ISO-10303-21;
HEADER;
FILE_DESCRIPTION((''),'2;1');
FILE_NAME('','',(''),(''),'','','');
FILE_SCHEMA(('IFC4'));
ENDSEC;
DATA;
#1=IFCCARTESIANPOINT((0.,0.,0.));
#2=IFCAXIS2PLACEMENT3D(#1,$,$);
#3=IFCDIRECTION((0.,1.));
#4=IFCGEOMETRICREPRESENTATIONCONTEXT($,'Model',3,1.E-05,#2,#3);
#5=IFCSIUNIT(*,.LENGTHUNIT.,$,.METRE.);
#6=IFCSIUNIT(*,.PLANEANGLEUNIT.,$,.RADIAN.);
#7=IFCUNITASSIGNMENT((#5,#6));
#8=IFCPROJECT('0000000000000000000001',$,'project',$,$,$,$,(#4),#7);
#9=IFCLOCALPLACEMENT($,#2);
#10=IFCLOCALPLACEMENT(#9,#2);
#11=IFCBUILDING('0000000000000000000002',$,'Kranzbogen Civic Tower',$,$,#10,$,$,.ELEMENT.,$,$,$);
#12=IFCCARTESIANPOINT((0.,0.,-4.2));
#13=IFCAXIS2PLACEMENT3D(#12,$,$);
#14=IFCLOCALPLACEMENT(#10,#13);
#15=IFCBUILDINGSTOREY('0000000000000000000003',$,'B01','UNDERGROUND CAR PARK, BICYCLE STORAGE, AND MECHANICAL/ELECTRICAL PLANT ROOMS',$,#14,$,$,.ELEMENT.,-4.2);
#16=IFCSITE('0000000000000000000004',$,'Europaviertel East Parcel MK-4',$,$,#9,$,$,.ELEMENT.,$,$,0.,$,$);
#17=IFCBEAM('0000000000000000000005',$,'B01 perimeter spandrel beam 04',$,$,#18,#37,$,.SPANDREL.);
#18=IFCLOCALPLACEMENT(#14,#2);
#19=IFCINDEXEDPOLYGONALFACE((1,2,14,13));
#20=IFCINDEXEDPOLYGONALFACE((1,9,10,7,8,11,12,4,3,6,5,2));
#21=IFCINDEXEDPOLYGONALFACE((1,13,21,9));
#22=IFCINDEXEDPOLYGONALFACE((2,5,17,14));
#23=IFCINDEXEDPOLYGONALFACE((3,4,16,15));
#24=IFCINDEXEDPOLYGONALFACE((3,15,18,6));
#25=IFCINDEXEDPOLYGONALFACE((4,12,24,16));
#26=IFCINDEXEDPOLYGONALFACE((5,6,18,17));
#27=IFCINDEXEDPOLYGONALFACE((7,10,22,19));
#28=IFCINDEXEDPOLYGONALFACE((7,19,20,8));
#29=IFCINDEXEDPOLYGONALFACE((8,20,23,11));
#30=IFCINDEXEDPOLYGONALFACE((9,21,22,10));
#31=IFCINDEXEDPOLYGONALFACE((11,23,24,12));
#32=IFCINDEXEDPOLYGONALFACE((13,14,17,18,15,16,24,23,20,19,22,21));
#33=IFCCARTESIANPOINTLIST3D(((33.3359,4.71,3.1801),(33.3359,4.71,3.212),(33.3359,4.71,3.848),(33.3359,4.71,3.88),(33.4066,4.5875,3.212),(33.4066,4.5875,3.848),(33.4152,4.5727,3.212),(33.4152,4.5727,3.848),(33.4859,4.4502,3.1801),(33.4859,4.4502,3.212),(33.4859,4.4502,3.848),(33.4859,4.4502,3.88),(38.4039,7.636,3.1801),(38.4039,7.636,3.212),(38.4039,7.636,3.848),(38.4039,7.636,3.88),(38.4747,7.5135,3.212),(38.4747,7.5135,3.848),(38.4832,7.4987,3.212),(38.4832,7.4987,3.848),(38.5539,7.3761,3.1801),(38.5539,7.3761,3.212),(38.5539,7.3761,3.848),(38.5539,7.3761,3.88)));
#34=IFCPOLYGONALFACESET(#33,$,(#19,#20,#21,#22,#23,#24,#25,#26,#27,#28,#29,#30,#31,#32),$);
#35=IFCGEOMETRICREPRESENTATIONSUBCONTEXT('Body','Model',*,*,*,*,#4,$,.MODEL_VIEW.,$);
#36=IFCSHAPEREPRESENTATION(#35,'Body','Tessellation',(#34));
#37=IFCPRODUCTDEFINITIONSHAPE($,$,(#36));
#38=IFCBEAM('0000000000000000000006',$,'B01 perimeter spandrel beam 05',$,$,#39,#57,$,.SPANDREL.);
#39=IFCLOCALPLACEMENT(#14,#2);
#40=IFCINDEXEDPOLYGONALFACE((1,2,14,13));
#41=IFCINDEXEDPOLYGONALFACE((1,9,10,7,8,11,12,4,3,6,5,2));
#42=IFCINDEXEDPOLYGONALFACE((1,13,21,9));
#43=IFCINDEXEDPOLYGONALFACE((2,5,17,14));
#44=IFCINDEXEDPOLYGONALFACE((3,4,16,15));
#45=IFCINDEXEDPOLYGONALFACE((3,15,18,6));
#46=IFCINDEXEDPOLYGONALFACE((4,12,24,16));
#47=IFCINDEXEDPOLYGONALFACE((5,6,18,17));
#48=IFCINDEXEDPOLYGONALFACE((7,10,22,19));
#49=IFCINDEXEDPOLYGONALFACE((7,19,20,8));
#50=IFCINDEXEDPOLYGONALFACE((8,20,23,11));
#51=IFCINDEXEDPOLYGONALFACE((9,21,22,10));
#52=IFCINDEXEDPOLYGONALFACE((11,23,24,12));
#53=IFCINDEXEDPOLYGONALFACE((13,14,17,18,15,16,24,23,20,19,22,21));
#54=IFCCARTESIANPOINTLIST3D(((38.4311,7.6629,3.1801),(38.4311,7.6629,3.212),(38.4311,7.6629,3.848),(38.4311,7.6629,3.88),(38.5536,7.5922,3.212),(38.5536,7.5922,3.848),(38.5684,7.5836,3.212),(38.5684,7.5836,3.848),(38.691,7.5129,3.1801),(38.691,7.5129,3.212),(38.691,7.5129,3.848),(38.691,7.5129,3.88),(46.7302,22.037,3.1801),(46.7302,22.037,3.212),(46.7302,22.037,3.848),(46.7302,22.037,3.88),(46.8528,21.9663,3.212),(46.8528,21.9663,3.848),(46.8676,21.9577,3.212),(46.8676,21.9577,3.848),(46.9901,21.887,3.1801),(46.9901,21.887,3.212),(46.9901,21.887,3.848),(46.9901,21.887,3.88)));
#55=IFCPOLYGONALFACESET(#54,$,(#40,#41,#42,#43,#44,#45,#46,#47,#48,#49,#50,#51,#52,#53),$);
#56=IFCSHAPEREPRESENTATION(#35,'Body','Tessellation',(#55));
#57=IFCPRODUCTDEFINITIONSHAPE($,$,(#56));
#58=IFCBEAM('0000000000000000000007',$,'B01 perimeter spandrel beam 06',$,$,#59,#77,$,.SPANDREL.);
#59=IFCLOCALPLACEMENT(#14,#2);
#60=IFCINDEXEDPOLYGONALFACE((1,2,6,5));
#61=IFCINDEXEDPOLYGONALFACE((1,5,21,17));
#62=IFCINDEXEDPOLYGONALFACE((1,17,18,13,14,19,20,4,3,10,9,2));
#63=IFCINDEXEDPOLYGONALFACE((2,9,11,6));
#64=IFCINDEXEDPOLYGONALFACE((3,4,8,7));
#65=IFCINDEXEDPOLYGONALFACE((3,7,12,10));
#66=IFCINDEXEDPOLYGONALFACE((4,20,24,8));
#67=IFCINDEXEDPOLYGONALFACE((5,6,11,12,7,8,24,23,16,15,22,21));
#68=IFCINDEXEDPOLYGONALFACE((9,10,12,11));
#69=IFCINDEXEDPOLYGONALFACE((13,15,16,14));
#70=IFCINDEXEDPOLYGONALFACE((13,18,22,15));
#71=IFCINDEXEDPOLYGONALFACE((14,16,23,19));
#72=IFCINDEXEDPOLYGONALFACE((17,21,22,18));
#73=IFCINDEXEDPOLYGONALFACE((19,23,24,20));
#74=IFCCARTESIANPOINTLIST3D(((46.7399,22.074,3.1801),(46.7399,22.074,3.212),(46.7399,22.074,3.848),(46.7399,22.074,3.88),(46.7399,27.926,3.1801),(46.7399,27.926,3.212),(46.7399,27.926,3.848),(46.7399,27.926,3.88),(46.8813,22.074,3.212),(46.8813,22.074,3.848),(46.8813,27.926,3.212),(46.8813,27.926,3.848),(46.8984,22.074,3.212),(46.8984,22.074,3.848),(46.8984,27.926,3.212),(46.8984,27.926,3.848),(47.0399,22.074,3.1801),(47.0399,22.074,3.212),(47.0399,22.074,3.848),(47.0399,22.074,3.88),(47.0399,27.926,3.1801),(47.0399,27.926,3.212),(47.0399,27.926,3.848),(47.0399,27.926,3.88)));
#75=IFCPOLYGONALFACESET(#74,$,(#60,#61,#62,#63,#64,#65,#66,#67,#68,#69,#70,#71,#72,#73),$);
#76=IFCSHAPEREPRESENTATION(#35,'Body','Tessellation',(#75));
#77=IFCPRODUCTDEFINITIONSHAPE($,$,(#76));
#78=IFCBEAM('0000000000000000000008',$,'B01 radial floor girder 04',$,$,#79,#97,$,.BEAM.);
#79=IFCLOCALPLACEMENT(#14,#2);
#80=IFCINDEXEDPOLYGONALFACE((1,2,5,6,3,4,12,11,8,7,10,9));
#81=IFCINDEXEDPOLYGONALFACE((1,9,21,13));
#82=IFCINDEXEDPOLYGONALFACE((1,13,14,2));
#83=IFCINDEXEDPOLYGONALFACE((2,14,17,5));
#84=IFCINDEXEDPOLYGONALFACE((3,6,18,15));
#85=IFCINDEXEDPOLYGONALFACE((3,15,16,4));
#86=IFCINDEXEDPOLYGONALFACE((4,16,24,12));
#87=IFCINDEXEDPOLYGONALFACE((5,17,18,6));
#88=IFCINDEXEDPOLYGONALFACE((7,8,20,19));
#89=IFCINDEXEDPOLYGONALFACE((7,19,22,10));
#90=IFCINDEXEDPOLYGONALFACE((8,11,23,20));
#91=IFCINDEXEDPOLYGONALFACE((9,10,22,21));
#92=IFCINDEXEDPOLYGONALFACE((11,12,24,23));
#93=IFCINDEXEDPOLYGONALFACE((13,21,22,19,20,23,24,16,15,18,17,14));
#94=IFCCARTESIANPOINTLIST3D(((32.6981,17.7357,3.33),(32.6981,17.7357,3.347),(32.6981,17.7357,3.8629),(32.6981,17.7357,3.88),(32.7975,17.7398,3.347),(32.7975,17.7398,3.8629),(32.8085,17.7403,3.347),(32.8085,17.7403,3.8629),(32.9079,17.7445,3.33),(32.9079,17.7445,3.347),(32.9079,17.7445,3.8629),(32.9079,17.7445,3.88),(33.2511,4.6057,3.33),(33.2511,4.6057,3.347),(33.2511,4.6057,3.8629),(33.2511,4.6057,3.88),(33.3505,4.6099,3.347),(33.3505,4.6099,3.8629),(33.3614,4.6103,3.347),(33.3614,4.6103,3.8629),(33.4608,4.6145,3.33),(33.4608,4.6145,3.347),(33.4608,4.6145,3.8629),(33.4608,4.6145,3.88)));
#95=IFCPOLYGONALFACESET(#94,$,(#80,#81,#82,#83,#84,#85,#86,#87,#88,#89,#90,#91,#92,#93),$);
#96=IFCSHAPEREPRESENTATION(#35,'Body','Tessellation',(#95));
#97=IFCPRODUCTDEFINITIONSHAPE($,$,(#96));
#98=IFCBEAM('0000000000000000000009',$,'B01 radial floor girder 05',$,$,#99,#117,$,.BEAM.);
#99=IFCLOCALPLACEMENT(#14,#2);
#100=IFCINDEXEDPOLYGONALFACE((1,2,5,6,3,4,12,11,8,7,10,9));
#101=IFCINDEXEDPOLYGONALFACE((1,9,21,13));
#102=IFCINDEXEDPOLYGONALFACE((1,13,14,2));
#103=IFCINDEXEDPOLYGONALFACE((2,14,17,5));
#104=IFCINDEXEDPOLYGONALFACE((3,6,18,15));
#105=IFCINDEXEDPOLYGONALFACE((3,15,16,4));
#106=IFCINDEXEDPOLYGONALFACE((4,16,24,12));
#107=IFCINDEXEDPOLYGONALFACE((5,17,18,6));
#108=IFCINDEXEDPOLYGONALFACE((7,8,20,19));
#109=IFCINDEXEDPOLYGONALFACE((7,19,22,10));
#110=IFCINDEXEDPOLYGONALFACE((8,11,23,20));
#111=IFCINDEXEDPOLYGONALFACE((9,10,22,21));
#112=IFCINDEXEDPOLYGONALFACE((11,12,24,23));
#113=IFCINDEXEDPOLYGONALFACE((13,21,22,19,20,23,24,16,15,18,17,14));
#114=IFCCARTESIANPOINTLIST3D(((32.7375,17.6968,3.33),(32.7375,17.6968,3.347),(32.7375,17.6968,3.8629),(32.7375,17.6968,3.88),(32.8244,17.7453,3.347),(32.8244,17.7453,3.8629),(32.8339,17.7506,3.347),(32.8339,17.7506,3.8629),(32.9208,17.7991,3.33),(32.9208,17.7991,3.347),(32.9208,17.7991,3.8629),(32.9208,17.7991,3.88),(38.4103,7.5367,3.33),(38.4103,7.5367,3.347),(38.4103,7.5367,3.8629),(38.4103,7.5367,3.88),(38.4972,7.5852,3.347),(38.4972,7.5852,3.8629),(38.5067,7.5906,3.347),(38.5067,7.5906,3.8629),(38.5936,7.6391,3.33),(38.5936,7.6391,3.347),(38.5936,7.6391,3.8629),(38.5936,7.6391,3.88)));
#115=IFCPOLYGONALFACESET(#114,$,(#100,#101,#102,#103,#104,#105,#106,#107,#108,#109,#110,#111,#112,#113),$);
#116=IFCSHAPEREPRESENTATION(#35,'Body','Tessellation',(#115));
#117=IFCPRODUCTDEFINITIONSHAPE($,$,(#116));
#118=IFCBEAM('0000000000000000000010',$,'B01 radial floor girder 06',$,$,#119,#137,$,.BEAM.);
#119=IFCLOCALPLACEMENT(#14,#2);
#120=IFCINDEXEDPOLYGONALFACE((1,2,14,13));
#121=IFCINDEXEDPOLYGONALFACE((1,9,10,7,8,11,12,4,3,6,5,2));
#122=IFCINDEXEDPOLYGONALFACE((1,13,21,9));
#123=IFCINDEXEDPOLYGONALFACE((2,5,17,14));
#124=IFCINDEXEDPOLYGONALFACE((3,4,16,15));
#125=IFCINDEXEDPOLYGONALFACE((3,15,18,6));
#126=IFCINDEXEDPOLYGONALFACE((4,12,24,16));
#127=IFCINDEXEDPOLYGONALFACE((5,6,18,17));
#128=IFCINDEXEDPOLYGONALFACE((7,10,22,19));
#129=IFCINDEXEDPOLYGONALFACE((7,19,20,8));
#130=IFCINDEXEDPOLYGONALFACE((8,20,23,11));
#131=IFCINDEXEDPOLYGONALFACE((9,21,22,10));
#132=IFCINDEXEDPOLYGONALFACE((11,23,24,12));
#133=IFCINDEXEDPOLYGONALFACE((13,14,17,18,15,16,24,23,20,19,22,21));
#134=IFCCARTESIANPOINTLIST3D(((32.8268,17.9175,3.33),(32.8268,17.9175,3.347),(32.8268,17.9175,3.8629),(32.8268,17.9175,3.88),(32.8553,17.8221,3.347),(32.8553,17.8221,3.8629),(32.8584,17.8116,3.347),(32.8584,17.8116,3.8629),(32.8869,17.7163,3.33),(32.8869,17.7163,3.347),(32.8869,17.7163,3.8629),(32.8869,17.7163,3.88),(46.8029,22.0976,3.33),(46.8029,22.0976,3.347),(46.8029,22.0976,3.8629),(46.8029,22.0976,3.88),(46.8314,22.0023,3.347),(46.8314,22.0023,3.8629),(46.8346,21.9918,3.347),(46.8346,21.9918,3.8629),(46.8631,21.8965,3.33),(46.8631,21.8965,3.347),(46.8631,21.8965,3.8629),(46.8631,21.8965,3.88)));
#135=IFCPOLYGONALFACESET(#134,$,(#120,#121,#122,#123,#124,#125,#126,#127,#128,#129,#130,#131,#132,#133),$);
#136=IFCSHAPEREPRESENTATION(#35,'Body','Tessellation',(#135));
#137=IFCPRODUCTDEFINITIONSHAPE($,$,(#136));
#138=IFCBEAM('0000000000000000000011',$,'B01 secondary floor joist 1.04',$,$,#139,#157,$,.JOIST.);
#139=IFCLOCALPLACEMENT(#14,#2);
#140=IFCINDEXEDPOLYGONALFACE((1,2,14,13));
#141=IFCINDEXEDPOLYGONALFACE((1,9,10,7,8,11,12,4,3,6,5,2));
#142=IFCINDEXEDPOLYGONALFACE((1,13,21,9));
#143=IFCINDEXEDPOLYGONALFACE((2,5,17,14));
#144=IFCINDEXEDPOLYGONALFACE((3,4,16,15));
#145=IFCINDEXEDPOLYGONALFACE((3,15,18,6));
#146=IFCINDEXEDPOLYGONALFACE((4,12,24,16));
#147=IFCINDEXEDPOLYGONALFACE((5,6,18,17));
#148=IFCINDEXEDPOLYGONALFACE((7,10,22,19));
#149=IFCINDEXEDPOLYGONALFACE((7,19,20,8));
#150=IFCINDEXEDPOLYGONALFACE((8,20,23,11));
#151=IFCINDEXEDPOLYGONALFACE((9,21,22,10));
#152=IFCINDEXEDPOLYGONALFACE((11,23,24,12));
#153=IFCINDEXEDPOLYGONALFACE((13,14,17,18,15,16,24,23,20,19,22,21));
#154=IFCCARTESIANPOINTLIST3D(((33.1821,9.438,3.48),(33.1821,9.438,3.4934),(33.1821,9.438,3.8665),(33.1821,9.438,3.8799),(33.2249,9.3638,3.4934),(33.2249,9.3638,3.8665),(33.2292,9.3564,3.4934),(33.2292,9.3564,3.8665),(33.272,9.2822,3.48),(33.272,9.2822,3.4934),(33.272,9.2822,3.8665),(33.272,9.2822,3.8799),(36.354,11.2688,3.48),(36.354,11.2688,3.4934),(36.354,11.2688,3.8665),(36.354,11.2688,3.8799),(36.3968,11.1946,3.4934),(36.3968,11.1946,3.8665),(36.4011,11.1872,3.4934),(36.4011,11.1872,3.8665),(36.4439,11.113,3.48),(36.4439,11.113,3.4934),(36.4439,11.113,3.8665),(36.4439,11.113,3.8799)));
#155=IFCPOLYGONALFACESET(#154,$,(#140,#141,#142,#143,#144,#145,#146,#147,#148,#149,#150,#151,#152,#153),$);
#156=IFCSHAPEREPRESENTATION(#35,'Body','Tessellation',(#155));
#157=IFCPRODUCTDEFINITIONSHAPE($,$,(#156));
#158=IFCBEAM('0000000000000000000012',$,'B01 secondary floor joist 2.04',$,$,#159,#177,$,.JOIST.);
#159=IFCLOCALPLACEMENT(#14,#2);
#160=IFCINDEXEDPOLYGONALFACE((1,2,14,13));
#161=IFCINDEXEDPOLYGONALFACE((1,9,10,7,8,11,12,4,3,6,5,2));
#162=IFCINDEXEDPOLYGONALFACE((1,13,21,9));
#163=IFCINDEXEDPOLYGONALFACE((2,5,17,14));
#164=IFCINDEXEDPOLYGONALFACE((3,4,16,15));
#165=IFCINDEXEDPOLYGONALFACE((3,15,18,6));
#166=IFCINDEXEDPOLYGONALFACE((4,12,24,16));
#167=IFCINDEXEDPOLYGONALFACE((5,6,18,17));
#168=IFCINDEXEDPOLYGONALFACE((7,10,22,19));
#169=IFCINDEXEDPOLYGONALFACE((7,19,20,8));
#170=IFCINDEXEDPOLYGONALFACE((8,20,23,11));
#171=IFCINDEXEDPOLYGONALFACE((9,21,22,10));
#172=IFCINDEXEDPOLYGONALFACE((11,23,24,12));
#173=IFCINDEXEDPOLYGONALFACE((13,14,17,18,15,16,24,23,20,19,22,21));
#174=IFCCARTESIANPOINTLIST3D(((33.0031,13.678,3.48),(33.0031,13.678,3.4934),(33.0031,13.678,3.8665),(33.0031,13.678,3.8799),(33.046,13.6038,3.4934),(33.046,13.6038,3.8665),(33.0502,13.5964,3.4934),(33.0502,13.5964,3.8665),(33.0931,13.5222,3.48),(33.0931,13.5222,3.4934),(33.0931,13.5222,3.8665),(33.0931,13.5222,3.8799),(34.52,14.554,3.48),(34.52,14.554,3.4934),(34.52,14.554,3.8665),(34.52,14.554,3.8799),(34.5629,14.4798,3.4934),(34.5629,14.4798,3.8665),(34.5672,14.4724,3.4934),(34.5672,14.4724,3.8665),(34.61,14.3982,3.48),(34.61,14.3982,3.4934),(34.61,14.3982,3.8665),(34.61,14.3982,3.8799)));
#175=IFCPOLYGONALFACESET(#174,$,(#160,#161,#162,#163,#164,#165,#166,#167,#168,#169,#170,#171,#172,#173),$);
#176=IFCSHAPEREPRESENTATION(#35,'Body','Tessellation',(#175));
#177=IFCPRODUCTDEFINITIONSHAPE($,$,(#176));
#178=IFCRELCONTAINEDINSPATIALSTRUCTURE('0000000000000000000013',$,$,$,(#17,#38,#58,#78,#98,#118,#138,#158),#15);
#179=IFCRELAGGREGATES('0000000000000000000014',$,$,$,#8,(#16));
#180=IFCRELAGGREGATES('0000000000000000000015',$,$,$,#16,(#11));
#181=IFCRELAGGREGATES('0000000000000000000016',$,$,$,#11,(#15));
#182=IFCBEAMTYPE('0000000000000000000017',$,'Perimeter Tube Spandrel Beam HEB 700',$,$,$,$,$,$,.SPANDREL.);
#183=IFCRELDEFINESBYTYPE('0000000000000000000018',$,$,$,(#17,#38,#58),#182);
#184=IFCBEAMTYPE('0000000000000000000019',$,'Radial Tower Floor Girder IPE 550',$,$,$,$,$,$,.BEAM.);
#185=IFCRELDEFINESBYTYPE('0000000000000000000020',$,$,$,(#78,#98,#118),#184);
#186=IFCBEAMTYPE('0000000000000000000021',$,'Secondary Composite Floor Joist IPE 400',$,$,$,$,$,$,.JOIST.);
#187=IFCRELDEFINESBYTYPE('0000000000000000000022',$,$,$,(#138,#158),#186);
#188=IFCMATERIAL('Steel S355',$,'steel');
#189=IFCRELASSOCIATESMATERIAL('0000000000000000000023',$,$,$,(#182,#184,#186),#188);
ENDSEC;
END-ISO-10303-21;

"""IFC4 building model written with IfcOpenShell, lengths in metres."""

from ifc_helpers import new_model, si_unit, direction, frame, origin, origin_2d, place, context, subcontext, project, spatial, i_section, extrude, material, material_profile, profile_set, type_object, element, save


model = new_model("IFC4")

# Units and contexts
model_context = context("Model", 3, precision=1e-05, world=origin(), true_north=direction((0.0, 1.0)))
body_context = subcontext(model_context, "Body", "Model", "MODEL_VIEW")
ifc_project = project(units=[si_unit("LENGTHUNIT", "METRE"), si_unit("PLANEANGLEUNIT", "RADIAN")], contexts=[model_context])

# Site, building, storey
site_placement = place(None, origin())
site = spatial("IfcSite", under=ifc_project, at=site_placement, Name="Europaviertel East Parcel MK-4", CompositionType="ELEMENT", RefElevation=0.0)
building_placement = place(site_placement, origin())
building = spatial("IfcBuilding", under=site, at=building_placement, Name="Kranzbogen Civic Tower", CompositionType="ELEMENT")
storey_placement = place(building_placement, frame((0.0, 0.0, -4.2)))
storey = spatial("IfcBuildingStorey", under=building, at=storey_placement, Name="B01", Description="UNDERGROUND CAR PARK, BICYCLE STORAGE, AND MECHANICAL/ELECTRICAL PLANT ROOMS", CompositionType="ELEMENT", Elevation=-4.2)

# Beams
ifc_material_1 = material(Name="Steel S355", Category="steel")
ifc_material_profile_1 = material_profile(ifc_material_1, i_section(OverallWidth=0.3, OverallDepth=0.7, WebThickness=0.0171, FlangeThickness=0.032, at=origin_2d()), Name="HEB 700")
ifc_profile_set_1 = profile_set([ifc_material_profile_1], Name="Steel S355")
beam_type_1 = type_object("IfcBeamType", Name="Perimeter Tube Spandrel Beam HEB 700", PredefinedType="SPANDREL", material=ifc_profile_set_1)
beam_1_placement = place(storey_placement, frame((33.4109, 4.5801, 3.53), z_axis=(0.866029, 0.499993, 0.0), x_axis=(-0.499993, 0.866029, 0.0)))
element("IfcBeam", 1, at=beam_1_placement, inside=storey, type_object=beam_type_1, Name="B01 perimeter spandrel beam 04", PredefinedType="SPANDREL", context=body_context, shape_type="SweptSolid", body=[
    extrude(i_section(OverallWidth=0.3, OverallDepth=0.7, WebThickness=0.0171, FlangeThickness=0.032, at=origin_2d()), origin(), (0.0, 0.0, 1.0), 5.8521),
])
beam_2_placement = place(storey_placement, frame((38.561, 7.5879, 3.53), z_axis=(0.50001, 0.86602, 0.0), x_axis=(-0.86602, 0.50001, 0.0)))
element("IfcBeam", 2, at=beam_2_placement, inside=storey, type_object=beam_type_1, Name="B01 perimeter spandrel beam 05", PredefinedType="SPANDREL", context=body_context, shape_type="SweptSolid", body=[
    extrude(i_section(OverallWidth=0.3, OverallDepth=0.7, WebThickness=0.0171, FlangeThickness=0.032, at=origin_2d()), origin(), (0.0, 0.0, 1.0), 16.5979),
])
beam_3_placement = place(storey_placement, frame((46.8899, 22.074, 3.53), z_axis=(0.0, 1.0, 0.0), x_axis=(-1.0, 0.0, 0.0)))
element("IfcBeam", 3, at=beam_3_placement, inside=storey, type_object=beam_type_1, Name="B01 perimeter spandrel beam 06", PredefinedType="SPANDREL", context=body_context, shape_type="SweptSolid", body=[
    extrude(i_section(OverallWidth=0.3, OverallDepth=0.7, WebThickness=0.0171, FlangeThickness=0.032, at=origin_2d()), origin(), (0.0, 0.0, 1.0), 5.8521),
])
ifc_material_profile_2 = material_profile(ifc_material_1, i_section(OverallWidth=0.21, OverallDepth=0.55, WebThickness=0.011, FlangeThickness=0.0171, at=origin_2d()), Name="IPE 550")
ifc_profile_set_2 = profile_set([ifc_material_profile_2], Name="Steel S355")
beam_type_2 = type_object("IfcBeamType", Name="Radial Tower Floor Girder IPE 550", PredefinedType="BEAM", material=ifc_profile_set_2)
beam_4_placement = place(storey_placement, frame((33.356, 4.6101, 3.605), z_axis=(-0.042079, 0.999114, 0.0), x_axis=(-0.999114, -0.042079, 0.0)))
element("IfcBeam", 4, at=beam_4_placement, inside=storey, type_object=beam_type_2, Name="B01 radial floor girder 04", PredefinedType="BEAM", context=body_context, shape_type="SweptSolid", body=[
    extrude(i_section(OverallWidth=0.21, OverallDepth=0.55, WebThickness=0.011, FlangeThickness=0.0171, at=origin_2d()), origin(), (0.0, 0.0, 1.0), 13.1416),
])
beam_5_placement = place(storey_placement, frame((38.502, 7.5879, 3.605), z_axis=(-0.487502, 0.873122, 0.0), x_axis=(-0.873122, -0.487502, 0.0)))
element("IfcBeam", 5, at=beam_5_placement, inside=storey, type_object=beam_type_2, Name="B01 radial floor girder 05", PredefinedType="BEAM", context=body_context, shape_type="SweptSolid", body=[
    extrude(i_section(OverallWidth=0.21, OverallDepth=0.55, WebThickness=0.011, FlangeThickness=0.0171, at=origin_2d()), origin(), (0.0, 0.0, 1.0), 11.6365),
])
beam_6_placement = place(storey_placement, frame((46.833, 21.9971, 3.605), z_axis=(-0.958065, -0.286552, 0.0), x_axis=(0.286552, -0.958065, 0.0)))
element("IfcBeam", 6, at=beam_6_placement, inside=storey, type_object=beam_type_2, Name="B01 radial floor girder 06", PredefinedType="BEAM", context=body_context, shape_type="SweptSolid", body=[
    extrude(i_section(OverallWidth=0.21, OverallDepth=0.55, WebThickness=0.011, FlangeThickness=0.0171, at=origin_2d()), origin(), (0.0, 0.0, 1.0), 14.5879),
])
ifc_material_profile_3 = material_profile(ifc_material_1, i_section(OverallWidth=0.1799, OverallDepth=0.3999, WebThickness=0.0085, FlangeThickness=0.0134, at=origin_2d()), Name="IPE 400")
ifc_profile_set_3 = profile_set([ifc_material_profile_3], Name="Steel S355")
beam_type_3 = type_object("IfcBeamType", Name="Secondary Composite Floor Joist IPE 400", PredefinedType="JOIST", material=ifc_profile_set_3)
beam_7_placement = place(storey_placement, frame((33.2271, 9.3601, 3.6799), z_axis=(0.866081, 0.499903, 0.0), x_axis=(-0.499903, 0.866081, 0.0)))
element("IfcBeam", 7, at=beam_7_placement, inside=storey, type_object=beam_type_3, Name="B01 secondary floor joist 1.04", PredefinedType="JOIST", context=body_context, shape_type="SweptSolid", body=[
    extrude(i_section(OverallWidth=0.1799, OverallDepth=0.3999, WebThickness=0.0085, FlangeThickness=0.0134, at=origin_2d()), origin(), (0.0, 0.0, 1.0), 3.6624),
])
beam_8_placement = place(storey_placement, frame((33.0481, 13.6001, 3.6799), z_axis=(0.86597, 0.500096, 0.0), x_axis=(-0.500096, 0.86597, 0.0)))
element("IfcBeam", 8, at=beam_8_placement, inside=storey, type_object=beam_type_3, Name="B01 secondary floor joist 2.04", PredefinedType="JOIST", context=body_context, shape_type="SweptSolid", body=[
    extrude(i_section(OverallWidth=0.1799, OverallDepth=0.3999, WebThickness=0.0085, FlangeThickness=0.0134, at=origin_2d()), origin(), (0.0, 0.0, 1.0), 1.7517),
])

save(model, "model.ifc")
